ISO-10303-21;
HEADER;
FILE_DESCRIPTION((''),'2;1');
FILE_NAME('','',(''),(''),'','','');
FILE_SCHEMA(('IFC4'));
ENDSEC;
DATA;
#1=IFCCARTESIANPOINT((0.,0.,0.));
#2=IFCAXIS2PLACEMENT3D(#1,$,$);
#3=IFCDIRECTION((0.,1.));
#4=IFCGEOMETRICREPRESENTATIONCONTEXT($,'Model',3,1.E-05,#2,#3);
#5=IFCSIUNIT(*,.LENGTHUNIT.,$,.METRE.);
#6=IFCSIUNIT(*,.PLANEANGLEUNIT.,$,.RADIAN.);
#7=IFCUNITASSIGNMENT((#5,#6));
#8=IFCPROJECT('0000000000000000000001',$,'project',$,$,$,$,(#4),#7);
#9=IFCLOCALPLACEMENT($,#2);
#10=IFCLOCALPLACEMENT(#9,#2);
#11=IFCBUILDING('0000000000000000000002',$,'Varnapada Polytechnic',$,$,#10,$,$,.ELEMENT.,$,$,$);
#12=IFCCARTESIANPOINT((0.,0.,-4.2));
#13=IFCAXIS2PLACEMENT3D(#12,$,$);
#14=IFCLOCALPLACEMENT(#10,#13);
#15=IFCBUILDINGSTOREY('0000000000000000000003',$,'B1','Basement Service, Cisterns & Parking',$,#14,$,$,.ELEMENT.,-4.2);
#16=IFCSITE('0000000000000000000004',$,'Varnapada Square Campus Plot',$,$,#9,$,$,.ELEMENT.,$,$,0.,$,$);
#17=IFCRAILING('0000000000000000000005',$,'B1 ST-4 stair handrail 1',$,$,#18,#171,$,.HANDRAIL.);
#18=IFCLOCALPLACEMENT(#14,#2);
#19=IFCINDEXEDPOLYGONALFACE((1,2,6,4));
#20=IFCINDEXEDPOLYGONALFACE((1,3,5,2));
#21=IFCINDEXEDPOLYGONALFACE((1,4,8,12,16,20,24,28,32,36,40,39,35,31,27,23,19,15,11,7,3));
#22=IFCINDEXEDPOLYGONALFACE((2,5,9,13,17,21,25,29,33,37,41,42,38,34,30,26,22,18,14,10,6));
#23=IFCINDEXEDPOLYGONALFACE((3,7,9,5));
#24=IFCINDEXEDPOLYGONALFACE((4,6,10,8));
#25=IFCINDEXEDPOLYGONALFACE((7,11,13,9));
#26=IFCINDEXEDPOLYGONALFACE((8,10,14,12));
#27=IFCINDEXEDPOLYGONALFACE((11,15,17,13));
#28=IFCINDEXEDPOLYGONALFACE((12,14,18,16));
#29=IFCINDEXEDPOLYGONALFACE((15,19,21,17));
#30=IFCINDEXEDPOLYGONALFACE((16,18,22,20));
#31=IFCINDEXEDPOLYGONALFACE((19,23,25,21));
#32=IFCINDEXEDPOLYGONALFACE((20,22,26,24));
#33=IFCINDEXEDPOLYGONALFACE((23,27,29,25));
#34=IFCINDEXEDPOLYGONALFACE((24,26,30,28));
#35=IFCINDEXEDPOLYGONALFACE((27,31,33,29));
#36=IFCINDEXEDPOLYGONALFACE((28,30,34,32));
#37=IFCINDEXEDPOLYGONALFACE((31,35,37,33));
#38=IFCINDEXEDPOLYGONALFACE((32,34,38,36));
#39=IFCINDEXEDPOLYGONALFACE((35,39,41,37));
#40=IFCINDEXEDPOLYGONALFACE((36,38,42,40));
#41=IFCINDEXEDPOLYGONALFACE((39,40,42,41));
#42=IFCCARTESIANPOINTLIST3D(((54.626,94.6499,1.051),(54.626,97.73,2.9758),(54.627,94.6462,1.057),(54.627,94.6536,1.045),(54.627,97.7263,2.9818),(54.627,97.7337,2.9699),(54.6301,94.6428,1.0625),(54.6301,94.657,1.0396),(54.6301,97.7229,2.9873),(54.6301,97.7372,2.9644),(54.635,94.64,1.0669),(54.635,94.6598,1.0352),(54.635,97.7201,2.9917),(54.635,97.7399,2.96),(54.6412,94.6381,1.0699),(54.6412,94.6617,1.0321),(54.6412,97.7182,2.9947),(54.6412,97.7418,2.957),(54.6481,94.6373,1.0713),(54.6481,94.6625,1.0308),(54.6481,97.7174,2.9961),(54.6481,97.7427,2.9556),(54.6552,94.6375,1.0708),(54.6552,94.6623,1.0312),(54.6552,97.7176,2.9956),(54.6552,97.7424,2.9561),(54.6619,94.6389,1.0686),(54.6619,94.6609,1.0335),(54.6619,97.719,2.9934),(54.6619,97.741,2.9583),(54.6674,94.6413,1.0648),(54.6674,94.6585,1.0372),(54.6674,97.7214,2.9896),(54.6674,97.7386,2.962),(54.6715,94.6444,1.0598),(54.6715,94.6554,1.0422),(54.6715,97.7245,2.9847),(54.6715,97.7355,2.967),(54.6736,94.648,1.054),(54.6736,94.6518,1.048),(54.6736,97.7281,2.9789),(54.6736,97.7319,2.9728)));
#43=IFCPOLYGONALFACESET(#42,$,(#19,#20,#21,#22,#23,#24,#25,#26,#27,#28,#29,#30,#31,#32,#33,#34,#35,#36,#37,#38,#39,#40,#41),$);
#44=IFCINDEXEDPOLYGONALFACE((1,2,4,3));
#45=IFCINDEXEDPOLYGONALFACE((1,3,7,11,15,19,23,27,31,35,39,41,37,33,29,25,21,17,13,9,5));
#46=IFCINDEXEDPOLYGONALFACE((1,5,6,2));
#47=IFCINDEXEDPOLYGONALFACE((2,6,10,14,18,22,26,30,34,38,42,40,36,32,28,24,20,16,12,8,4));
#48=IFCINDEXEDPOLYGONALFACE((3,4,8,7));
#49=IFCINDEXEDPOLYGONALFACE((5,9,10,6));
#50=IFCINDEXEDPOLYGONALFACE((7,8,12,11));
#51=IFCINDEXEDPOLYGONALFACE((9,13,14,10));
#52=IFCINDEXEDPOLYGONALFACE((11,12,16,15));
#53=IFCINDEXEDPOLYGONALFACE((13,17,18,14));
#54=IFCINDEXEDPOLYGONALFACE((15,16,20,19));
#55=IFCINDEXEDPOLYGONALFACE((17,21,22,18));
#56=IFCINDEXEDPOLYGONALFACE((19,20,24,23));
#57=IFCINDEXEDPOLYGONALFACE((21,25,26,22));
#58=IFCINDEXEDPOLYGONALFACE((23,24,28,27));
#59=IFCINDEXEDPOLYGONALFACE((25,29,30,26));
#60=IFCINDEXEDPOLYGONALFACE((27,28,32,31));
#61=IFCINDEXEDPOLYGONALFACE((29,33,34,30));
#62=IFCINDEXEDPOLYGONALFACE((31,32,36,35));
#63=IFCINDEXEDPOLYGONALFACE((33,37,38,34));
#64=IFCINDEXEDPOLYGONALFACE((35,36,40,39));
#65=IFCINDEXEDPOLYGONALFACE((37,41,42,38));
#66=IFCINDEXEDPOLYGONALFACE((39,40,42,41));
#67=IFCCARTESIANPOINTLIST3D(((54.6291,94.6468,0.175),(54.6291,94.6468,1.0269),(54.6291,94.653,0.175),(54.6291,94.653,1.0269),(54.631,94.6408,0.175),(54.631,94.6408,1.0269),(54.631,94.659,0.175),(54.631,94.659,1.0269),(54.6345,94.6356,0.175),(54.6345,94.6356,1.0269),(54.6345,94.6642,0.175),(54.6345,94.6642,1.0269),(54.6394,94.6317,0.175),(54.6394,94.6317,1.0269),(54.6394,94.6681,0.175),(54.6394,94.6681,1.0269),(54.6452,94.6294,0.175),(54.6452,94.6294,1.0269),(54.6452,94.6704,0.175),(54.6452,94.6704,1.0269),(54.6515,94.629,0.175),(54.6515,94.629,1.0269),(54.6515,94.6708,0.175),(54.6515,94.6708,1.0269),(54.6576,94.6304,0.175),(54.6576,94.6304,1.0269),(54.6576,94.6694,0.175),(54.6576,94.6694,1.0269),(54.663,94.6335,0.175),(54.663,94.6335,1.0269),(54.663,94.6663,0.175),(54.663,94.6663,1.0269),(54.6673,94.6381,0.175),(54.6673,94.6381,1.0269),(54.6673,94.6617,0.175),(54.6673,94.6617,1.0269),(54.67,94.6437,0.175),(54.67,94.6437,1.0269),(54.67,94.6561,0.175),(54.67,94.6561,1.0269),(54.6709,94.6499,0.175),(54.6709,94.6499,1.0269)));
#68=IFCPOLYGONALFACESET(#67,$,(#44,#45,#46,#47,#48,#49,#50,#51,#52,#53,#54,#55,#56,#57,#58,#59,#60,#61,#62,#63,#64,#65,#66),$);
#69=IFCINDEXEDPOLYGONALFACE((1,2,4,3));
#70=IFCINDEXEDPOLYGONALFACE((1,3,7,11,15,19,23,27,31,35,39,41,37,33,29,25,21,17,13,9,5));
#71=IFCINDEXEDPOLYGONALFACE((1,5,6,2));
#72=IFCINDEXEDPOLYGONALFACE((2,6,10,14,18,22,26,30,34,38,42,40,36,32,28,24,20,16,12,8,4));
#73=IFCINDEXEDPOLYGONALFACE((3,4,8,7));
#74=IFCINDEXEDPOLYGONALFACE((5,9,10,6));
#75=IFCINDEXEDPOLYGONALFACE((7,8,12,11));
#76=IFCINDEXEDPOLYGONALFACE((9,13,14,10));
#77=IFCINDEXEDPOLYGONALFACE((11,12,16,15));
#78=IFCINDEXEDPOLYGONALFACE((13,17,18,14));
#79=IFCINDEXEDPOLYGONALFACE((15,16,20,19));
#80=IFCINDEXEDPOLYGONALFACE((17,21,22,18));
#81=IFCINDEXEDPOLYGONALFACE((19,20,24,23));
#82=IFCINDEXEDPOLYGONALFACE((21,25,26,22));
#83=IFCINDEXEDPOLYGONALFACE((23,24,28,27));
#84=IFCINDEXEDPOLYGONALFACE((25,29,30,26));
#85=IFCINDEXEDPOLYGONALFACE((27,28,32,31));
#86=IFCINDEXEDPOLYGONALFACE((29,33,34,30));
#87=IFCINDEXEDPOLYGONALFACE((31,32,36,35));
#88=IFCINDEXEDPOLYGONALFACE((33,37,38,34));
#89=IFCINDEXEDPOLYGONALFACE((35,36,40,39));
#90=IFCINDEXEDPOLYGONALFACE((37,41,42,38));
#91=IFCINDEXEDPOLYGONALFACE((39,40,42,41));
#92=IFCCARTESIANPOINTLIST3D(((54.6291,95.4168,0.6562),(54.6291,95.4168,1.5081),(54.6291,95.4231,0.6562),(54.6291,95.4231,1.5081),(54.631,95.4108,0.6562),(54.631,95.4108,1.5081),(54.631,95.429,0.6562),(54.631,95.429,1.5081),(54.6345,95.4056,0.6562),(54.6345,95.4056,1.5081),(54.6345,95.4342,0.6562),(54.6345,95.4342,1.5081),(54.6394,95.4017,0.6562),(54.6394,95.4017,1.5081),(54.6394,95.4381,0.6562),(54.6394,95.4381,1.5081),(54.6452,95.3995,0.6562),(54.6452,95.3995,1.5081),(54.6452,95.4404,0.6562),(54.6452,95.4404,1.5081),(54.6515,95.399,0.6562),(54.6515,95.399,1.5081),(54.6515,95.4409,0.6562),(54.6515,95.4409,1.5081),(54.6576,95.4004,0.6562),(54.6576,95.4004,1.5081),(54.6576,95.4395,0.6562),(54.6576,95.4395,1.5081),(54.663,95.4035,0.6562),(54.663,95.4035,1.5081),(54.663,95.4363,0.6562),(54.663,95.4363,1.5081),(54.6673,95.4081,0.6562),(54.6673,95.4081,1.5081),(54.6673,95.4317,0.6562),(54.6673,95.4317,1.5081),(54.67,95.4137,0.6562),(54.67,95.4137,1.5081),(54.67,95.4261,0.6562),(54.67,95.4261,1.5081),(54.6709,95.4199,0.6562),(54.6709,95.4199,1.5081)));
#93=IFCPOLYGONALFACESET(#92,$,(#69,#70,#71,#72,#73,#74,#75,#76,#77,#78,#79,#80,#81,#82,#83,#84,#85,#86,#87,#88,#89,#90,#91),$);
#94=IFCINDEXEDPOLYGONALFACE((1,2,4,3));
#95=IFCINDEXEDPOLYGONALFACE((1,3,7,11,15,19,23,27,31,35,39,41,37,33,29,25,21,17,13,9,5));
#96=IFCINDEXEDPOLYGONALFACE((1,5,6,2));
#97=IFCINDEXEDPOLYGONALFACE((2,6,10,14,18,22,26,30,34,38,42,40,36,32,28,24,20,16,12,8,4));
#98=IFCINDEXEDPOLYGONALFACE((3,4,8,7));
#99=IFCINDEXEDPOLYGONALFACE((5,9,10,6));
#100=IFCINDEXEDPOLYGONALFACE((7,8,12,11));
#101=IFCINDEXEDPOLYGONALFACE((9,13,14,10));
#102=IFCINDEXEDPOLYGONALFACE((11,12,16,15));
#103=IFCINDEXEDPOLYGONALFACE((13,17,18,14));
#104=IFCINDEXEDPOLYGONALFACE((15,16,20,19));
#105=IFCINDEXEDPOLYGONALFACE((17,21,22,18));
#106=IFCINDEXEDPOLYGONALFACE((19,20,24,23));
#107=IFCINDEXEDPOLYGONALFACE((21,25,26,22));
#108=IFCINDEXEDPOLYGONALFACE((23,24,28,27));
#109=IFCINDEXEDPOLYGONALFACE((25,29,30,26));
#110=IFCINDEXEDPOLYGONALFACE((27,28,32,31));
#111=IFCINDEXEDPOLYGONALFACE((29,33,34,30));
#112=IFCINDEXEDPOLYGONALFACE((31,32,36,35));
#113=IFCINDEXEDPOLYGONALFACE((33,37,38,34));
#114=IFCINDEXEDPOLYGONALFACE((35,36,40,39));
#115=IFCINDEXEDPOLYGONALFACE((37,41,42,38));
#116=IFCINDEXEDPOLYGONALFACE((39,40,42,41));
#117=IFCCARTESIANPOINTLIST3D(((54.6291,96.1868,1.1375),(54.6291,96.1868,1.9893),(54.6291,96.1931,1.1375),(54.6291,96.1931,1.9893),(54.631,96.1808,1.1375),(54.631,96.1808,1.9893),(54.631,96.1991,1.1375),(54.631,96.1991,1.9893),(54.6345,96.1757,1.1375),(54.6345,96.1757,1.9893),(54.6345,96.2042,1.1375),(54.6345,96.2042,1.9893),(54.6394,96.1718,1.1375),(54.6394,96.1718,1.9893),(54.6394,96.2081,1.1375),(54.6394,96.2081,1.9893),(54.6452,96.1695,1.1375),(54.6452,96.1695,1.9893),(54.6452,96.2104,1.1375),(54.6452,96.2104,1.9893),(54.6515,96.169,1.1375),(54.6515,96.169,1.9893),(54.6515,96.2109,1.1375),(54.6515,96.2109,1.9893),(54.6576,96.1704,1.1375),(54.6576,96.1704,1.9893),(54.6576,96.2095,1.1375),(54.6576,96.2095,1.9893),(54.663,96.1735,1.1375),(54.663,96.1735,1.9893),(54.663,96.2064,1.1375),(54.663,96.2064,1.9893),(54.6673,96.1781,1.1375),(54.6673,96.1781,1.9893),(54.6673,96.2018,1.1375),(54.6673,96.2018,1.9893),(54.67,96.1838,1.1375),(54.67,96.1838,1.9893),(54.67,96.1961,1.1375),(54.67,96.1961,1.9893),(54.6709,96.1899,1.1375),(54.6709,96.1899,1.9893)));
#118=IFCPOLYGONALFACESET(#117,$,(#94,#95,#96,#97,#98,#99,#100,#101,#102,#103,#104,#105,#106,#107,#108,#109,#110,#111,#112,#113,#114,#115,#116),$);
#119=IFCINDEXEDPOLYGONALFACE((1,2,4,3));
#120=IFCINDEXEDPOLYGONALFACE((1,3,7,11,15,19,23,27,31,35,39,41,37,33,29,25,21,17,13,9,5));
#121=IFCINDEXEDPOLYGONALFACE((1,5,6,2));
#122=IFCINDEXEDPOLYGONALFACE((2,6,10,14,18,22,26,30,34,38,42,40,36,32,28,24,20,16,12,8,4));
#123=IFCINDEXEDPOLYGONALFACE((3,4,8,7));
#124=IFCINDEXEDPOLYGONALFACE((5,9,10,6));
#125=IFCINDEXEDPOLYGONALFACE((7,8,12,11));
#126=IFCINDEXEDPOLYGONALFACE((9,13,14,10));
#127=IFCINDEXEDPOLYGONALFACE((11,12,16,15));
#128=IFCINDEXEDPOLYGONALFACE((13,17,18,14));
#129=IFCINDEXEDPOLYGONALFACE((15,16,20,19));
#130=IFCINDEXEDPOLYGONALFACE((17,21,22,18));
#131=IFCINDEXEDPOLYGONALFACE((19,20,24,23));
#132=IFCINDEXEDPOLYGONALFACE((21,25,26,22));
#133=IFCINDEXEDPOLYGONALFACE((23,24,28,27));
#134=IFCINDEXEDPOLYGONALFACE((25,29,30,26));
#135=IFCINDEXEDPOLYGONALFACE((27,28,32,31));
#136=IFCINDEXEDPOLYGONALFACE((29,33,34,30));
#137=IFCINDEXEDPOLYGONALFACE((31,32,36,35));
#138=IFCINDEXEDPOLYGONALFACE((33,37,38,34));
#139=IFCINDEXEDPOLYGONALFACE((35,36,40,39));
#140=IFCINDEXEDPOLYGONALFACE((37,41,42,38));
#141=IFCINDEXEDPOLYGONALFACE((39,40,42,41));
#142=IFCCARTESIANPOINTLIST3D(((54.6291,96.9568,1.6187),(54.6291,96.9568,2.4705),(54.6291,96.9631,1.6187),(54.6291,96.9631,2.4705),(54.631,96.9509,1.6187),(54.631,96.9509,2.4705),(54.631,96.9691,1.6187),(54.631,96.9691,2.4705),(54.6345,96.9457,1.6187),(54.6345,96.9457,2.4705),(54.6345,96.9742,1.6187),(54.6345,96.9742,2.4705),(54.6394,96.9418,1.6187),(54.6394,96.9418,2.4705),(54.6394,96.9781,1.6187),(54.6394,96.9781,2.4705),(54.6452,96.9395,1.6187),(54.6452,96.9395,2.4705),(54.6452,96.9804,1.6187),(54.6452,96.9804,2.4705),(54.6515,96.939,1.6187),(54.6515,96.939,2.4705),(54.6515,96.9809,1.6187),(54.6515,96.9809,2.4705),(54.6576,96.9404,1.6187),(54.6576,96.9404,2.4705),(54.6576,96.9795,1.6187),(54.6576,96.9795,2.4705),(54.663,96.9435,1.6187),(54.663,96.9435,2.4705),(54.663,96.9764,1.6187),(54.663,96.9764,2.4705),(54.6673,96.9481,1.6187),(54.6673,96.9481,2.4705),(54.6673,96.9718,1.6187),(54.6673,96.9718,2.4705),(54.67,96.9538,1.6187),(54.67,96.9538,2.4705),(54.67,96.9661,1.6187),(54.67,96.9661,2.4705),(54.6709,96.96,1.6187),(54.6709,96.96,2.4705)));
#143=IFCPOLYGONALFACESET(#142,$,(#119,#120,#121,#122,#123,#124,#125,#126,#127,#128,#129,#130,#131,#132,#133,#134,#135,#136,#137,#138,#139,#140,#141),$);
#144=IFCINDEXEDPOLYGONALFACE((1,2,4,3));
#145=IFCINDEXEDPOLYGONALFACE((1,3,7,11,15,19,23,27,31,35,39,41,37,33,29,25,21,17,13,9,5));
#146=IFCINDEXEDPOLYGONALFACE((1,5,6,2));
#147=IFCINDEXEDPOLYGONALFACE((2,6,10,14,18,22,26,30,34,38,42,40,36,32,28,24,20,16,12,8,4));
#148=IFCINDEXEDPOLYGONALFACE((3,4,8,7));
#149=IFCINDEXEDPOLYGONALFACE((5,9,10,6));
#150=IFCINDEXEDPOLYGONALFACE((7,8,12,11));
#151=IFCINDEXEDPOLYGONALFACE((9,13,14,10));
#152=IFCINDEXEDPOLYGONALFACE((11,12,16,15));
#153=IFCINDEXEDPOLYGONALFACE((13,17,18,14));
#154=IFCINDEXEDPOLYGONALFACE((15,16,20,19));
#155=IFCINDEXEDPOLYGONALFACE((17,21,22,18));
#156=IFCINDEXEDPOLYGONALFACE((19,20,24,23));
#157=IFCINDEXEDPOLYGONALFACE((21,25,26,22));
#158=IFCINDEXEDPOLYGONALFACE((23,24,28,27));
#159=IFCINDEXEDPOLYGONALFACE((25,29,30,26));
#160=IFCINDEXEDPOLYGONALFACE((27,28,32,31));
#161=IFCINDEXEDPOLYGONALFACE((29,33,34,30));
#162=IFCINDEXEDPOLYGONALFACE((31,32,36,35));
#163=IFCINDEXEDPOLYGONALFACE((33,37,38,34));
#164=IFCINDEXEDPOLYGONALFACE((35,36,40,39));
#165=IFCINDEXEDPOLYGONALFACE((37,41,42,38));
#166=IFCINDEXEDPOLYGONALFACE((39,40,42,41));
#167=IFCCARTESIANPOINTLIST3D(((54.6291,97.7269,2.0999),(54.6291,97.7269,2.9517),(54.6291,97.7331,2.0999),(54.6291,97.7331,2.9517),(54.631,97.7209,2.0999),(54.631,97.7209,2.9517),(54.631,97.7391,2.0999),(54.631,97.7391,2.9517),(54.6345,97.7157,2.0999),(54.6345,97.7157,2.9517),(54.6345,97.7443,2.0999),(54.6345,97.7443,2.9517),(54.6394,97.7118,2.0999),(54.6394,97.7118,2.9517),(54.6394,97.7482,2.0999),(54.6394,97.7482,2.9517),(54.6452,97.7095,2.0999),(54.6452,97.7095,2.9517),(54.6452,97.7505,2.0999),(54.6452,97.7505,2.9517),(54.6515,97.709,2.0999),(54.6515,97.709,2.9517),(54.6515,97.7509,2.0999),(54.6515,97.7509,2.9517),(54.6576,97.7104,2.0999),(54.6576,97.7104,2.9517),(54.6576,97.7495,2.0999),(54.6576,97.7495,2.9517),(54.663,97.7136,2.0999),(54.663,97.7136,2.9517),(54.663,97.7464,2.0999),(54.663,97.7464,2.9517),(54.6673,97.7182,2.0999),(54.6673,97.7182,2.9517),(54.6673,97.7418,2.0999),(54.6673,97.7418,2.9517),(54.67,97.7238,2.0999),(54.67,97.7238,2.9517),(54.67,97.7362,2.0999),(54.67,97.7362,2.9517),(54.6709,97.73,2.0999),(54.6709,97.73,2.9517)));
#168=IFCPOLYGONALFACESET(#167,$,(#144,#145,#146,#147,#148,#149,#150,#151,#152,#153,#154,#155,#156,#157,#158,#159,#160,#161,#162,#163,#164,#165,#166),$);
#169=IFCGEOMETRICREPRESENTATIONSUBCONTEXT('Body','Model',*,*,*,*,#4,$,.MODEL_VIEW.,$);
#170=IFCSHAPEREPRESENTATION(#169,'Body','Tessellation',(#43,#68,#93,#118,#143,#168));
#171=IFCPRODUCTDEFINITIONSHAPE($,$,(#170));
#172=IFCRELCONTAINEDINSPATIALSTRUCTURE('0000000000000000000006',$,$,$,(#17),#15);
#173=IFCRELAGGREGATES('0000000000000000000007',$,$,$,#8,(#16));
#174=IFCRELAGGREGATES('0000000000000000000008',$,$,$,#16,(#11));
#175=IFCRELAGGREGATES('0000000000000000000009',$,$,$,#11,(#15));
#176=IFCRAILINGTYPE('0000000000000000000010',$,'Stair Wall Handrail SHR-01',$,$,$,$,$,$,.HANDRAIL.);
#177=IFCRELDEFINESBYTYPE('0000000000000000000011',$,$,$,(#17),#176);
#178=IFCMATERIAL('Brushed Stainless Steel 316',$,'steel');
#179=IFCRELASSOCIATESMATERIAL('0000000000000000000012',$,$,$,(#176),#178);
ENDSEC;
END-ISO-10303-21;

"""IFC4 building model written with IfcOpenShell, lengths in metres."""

from ifc_helpers import new_model, si_unit, direction, frame, origin, origin_2d, place, context, subcontext, project, spatial, circle, extrude, material, type_object, element, save


model = new_model("IFC4")

# Units and contexts
model_context = context("Model", 3, precision=1e-05, world=origin(), true_north=direction((0.0, 1.0)))
body_context = subcontext(model_context, "Body", "Model", "MODEL_VIEW")
ifc_project = project(units=[si_unit("LENGTHUNIT", "METRE"), si_unit("PLANEANGLEUNIT", "RADIAN")], contexts=[model_context])

# Site, building, storey
site_placement = place(None, origin())
site = spatial("IfcSite", under=ifc_project, at=site_placement, Name="Varnapada Square Campus Plot", CompositionType="ELEMENT", RefElevation=0.0)
building_placement = place(site_placement, origin())
building = spatial("IfcBuilding", under=site, at=building_placement, Name="Varnapada Polytechnic", CompositionType="ELEMENT")
storey_placement = place(building_placement, frame((0.0, 0.0, -4.2)))
storey = spatial("IfcBuildingStorey", under=building, at=storey_placement, Name="B1", Description="Basement Service, Cisterns & Parking", CompositionType="ELEMENT", Elevation=-4.2)

# Shared definitions
ifc_material_1 = material(Name="Brushed Stainless Steel 316", Category="steel")

# Railing
railing_type_1 = type_object("IfcRailingType", Name="Stair Wall Handrail SHR-01", PredefinedType="HANDRAIL", material=ifc_material_1)
railing_1_placement = place(storey_placement, frame((54.6499, 94.6499, 0.175)))
element("IfcRailing", 1, at=railing_1_placement, inside=storey, type_object=railing_type_1, Name="B1 ST-4 stair handrail 1", PredefinedType="HANDRAIL", context=body_context, shape_type="SweptSolid", body=[
    extrude(circle(Radius=0.0239, at=origin_2d()), frame((0.0, 0.0, 0.876), z_axis=(0.0, 0.848029, 0.529951), x_axis=(-1.0, 0.0, 0.0)), (0.0, 0.0, 1.0), 3.6321),
    extrude(circle(Radius=0.021, at=origin_2d()), origin(), (0.0, 0.0, 1.0), 0.8518),
    extrude(circle(Radius=0.021, at=origin_2d()), frame((0.0, 0.77, 0.4812)), (0.0, 0.0, 1.0), 0.8518),
    extrude(circle(Radius=0.021, at=origin_2d()), frame((0.0, 1.54, 0.9624)), (0.0, 0.0, 1.0), 0.8518),
    extrude(circle(Radius=0.021, at=origin_2d()), frame((0.0, 2.3101, 1.4436)), (0.0, 0.0, 1.0), 0.8518),
    extrude(circle(Radius=0.021, at=origin_2d()), frame((0.0, 3.0801, 1.9248)), (0.0, 0.0, 1.0), 0.8518),
])

save(model, "model.ifc")
